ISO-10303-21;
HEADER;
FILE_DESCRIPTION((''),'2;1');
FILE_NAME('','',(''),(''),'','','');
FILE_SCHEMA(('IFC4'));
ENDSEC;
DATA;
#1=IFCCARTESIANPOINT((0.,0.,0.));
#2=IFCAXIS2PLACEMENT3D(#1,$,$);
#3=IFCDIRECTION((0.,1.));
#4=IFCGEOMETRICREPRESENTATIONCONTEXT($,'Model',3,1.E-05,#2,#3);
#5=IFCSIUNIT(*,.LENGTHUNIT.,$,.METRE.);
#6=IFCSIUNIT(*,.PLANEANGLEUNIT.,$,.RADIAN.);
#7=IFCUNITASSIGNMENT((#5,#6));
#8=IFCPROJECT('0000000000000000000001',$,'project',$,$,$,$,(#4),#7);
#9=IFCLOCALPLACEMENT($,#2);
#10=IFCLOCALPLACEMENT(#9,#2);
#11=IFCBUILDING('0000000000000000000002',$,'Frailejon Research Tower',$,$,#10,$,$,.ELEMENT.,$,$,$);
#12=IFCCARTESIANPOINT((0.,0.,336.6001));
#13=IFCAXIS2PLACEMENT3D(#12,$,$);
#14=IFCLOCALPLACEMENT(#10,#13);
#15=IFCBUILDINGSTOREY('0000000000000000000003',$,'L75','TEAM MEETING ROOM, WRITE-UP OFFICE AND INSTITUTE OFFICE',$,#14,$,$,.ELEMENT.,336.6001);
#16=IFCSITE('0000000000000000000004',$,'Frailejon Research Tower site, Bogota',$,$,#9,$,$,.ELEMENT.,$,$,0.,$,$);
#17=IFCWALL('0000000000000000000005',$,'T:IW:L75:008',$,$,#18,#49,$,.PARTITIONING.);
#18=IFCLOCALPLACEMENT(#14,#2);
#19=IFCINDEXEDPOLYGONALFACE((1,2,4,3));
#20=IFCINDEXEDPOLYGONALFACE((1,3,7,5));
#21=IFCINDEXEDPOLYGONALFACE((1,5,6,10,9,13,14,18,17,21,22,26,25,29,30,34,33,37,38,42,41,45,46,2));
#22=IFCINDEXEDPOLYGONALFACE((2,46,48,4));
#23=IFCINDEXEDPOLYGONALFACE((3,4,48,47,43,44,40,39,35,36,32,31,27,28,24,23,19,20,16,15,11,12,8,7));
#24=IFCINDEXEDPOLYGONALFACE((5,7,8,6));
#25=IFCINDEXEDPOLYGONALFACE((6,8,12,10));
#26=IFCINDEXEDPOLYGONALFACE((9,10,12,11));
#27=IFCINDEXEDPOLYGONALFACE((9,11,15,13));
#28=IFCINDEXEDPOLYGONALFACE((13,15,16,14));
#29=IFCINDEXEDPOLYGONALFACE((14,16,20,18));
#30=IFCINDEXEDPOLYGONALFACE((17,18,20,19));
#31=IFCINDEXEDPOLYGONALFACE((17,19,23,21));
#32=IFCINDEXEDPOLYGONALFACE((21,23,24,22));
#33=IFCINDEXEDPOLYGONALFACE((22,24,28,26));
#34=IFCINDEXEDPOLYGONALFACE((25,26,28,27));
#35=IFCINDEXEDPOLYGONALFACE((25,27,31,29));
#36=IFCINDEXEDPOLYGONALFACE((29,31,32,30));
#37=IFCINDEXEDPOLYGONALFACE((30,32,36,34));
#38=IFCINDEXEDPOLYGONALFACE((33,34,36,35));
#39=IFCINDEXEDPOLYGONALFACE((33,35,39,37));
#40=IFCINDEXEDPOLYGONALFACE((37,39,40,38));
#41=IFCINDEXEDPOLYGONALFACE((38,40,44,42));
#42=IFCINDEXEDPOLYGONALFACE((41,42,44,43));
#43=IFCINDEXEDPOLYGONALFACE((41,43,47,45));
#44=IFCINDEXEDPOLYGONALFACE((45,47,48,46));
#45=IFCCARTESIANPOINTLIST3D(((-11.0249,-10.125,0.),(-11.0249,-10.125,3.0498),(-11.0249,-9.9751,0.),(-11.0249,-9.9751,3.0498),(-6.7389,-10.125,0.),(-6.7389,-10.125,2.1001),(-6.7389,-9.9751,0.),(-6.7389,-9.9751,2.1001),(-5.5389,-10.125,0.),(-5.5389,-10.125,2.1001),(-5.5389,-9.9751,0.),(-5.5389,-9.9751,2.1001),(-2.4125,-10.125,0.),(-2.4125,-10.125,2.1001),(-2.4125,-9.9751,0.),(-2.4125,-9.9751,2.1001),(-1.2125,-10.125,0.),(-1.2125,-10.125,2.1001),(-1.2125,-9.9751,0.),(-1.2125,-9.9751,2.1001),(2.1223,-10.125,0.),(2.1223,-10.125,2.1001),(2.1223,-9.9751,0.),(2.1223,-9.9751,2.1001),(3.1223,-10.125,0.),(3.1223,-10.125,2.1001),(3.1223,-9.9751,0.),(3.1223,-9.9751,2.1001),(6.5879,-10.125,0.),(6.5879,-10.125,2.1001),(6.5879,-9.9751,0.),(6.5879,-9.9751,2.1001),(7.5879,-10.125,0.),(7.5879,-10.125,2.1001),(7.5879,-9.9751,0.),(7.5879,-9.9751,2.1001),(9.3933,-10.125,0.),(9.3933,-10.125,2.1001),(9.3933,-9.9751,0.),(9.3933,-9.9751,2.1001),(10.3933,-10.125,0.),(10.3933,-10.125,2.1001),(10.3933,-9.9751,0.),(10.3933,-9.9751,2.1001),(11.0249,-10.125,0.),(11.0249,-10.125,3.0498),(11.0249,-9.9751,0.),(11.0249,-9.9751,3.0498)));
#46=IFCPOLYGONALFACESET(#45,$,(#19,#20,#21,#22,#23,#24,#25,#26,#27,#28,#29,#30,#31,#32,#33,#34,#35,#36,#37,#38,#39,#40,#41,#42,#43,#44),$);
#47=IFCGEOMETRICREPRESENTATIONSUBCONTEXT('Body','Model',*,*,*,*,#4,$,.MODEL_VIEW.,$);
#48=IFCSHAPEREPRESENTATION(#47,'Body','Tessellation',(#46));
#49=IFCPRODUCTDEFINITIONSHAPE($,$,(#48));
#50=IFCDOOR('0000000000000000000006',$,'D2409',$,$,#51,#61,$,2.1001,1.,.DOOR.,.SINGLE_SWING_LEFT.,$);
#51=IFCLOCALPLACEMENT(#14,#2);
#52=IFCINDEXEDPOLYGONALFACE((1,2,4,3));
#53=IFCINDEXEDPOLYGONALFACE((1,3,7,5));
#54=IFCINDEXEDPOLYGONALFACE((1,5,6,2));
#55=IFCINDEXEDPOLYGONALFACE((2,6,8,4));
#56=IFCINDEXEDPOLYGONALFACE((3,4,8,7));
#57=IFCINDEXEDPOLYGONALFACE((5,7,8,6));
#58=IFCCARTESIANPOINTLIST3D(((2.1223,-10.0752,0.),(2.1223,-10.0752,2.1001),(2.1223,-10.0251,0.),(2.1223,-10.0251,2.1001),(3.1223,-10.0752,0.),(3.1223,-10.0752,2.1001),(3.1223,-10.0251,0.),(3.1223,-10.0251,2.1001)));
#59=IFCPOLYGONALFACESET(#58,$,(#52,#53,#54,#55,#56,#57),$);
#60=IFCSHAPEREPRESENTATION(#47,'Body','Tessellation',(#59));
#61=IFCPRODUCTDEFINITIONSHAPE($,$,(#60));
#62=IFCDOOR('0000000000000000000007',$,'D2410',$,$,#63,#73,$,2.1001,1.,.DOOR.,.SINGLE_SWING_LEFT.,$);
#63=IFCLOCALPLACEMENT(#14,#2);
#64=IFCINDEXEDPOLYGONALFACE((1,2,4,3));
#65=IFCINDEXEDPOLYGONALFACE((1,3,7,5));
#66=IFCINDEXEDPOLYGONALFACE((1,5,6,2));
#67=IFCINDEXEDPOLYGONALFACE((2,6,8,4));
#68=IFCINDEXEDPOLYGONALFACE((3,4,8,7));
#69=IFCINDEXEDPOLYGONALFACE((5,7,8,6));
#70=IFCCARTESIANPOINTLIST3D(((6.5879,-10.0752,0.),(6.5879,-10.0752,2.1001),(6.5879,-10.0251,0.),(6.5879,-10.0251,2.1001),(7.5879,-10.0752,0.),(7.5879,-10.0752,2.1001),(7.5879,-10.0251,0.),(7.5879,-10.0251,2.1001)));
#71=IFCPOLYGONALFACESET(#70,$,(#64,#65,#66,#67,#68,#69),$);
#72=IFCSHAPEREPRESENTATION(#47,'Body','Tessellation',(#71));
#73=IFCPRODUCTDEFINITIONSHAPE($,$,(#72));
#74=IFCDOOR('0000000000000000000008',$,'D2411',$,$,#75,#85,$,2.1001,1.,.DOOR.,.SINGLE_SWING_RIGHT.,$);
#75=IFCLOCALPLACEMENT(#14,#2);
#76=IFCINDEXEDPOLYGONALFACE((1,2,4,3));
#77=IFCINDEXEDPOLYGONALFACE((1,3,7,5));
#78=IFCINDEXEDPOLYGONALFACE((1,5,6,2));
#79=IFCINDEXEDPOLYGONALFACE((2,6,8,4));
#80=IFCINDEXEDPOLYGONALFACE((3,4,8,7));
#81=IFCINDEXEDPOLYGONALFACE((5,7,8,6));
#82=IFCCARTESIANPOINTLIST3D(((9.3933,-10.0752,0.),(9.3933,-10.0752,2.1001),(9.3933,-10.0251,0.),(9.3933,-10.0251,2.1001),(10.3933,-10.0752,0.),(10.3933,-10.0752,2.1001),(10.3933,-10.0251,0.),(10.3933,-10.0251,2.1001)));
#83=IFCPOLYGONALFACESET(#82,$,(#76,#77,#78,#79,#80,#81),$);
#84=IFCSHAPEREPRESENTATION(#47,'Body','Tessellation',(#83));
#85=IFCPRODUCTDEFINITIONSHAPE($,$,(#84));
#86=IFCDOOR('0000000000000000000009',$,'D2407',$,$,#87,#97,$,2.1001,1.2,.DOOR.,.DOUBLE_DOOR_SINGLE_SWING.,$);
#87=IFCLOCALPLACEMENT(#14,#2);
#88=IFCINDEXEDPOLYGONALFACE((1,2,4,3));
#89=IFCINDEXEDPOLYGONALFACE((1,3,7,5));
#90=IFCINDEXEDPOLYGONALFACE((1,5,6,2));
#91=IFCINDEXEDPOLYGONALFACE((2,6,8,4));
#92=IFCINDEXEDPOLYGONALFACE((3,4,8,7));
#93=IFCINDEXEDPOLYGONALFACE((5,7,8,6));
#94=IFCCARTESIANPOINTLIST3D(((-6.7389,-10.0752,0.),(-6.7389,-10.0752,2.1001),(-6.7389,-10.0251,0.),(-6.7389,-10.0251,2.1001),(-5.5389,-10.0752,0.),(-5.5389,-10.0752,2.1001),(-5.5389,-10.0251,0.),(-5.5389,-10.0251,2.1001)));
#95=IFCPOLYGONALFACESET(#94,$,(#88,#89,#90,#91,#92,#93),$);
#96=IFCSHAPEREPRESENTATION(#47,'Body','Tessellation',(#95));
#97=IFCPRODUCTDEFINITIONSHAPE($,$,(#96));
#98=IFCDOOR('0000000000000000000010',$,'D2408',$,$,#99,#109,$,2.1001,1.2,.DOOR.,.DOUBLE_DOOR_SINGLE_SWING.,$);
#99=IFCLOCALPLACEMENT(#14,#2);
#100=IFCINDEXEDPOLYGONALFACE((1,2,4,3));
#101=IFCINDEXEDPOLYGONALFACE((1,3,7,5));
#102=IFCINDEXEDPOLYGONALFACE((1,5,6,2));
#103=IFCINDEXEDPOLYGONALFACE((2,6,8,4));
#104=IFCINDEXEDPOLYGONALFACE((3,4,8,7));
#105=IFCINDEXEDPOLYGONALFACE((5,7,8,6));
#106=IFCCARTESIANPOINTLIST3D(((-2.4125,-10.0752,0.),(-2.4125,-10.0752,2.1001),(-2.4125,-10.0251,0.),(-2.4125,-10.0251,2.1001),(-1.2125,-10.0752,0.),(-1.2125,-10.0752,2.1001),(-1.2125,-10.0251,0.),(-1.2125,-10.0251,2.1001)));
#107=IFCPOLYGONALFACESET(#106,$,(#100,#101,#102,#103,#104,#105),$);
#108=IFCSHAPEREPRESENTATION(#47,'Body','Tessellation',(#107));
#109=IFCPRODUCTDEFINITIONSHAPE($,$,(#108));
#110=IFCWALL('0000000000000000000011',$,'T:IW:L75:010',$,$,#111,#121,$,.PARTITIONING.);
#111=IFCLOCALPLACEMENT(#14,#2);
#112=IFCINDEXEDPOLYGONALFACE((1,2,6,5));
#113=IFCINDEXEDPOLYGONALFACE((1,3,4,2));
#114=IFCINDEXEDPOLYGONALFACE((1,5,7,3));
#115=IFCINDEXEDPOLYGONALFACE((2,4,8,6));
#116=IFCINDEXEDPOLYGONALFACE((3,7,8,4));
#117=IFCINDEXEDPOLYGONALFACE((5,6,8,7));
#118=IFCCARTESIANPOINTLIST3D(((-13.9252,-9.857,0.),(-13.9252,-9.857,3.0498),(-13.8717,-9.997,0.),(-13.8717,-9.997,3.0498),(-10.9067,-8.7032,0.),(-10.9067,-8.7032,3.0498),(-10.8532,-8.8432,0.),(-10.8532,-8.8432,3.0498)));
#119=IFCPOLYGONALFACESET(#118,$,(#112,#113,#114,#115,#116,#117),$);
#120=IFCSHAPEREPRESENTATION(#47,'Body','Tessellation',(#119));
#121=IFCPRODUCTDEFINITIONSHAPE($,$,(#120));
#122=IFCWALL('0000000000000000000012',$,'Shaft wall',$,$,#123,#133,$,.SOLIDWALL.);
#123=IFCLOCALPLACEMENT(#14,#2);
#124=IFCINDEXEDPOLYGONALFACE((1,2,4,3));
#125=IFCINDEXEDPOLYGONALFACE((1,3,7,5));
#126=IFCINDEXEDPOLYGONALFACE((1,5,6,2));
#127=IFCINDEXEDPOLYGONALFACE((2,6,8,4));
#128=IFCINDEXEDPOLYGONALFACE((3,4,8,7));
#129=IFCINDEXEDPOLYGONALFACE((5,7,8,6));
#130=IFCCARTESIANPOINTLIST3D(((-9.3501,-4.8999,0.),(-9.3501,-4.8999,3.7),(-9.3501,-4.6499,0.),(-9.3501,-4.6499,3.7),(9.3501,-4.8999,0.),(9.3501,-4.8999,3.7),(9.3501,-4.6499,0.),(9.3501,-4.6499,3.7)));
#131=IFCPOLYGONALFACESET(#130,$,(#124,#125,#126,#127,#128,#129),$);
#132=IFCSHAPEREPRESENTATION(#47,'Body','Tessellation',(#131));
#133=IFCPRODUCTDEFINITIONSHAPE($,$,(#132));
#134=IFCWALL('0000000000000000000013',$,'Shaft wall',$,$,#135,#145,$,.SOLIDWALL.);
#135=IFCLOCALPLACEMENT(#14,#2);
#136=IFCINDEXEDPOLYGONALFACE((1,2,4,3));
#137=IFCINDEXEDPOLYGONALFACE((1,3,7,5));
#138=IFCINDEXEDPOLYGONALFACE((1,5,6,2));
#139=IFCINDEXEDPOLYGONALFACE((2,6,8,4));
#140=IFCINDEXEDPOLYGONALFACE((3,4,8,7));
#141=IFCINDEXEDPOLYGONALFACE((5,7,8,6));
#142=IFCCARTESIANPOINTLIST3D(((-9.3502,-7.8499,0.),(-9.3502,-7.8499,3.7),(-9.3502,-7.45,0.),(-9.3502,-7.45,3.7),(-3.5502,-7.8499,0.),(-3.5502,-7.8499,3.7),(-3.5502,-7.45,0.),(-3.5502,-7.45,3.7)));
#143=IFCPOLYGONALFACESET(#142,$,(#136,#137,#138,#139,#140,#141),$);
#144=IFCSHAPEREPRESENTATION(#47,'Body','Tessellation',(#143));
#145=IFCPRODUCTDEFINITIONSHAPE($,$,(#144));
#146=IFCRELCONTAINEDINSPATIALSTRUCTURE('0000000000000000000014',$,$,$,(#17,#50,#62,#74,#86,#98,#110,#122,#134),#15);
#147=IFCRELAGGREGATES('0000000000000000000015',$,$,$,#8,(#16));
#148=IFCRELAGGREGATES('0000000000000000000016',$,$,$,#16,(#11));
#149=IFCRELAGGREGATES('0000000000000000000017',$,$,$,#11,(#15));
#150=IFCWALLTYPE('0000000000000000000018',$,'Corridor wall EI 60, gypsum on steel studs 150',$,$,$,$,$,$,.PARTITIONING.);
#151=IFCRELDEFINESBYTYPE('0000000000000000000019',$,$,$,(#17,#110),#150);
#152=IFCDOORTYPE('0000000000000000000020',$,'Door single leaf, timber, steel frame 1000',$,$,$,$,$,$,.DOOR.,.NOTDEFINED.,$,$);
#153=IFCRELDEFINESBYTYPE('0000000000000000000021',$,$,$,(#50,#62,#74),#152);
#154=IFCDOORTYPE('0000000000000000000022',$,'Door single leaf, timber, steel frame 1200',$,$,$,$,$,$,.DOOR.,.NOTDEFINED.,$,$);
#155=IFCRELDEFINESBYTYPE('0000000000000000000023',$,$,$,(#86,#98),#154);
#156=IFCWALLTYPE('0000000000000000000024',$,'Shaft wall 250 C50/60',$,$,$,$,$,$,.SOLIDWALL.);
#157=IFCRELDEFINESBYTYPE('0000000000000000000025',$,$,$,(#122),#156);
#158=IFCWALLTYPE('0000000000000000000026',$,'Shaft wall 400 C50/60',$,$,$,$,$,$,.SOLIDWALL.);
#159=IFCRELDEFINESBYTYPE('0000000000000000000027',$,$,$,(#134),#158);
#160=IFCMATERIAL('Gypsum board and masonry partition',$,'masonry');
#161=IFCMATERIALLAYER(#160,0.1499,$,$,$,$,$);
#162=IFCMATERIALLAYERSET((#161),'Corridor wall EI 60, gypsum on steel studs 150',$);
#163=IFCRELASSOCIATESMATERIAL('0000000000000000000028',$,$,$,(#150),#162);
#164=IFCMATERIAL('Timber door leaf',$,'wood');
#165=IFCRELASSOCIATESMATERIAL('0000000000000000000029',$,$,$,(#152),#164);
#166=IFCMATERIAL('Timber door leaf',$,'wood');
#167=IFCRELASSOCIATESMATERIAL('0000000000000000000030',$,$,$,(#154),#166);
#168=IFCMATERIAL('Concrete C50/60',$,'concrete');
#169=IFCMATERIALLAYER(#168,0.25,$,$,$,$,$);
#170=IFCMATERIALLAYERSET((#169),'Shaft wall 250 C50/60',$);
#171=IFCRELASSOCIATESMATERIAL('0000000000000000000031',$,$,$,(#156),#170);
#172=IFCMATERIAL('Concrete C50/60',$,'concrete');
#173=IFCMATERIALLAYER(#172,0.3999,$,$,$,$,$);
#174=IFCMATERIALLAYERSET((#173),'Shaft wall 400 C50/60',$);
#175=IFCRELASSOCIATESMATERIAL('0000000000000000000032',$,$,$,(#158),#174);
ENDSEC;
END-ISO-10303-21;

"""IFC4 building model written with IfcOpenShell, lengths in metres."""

from ifc_helpers import new_model, si_unit, direction, frame, frame_2d, origin, place, context, subcontext, project, spatial, rectangle, extrude, material, layer, layer_set, type_object, element, fill, save


model = new_model("IFC4")

# Units and contexts
model_context = context("Model", 3, precision=1e-05, world=origin(), true_north=direction((0.0, 1.0)))
body_context = subcontext(model_context, "Body", "Model", "MODEL_VIEW")
ifc_project = project(units=[si_unit("LENGTHUNIT", "METRE"), si_unit("PLANEANGLEUNIT", "RADIAN")], contexts=[model_context])

# Site, building, storey
site_placement = place(None, origin())
site = spatial("IfcSite", under=ifc_project, at=site_placement, Name="Frailejon Research Tower site, Bogota", CompositionType="ELEMENT", RefElevation=0.0)
building_placement = place(site_placement, origin())
building = spatial("IfcBuilding", under=site, at=building_placement, Name="Frailejon Research Tower", CompositionType="ELEMENT")
storey_placement = place(building_placement, frame((0.0, 0.0, 336.6001)))
storey = spatial("IfcBuildingStorey", under=building, at=storey_placement, Name="L75", Description="TEAM MEETING ROOM, WRITE-UP OFFICE AND INSTITUTE OFFICE", CompositionType="ELEMENT", Elevation=336.6001)

# Shared definitions
ifc_material_1 = material(Name="Gypsum board and masonry partition", Category="masonry")
ifc_layer_1 = layer(ifc_material_1, 0.1499)
ifc_layer_set_1 = layer_set([ifc_layer_1], Name="Corridor wall EI 60, gypsum on steel studs 150")
wall_type_1 = type_object("IfcWallType", Name="Corridor wall EI 60, gypsum on steel studs 150", PredefinedType="PARTITIONING", material=ifc_layer_set_1)

# Wall, openings, doors
ifc_material_2 = material(Name="Timber door leaf", Category="wood")
door_type_1 = type_object("IfcDoorType", Name="Door single leaf, timber, steel frame 1000", OperationType="NOTDEFINED", PredefinedType="DOOR", material=ifc_material_2)
wall_1_placement = place(storey_placement, frame((-11.0249, -10.05, 0.0), z_axis=(0.0, 0.0, 1.0), x_axis=(1.0, 0.0, 0.0)))
wall_1 = element("IfcWall", 1, at=wall_1_placement, inside=storey, type_object=wall_type_1, Name="T:IW:L75:008", PredefinedType="PARTITIONING", context=body_context, shape_type="SweptSolid", body=[
    extrude(rectangle(XDim=22.0498, YDim=0.1499, at=frame_2d((11.0249, 0.0))), origin(), (0.0, 0.0, 1.0), 3.0498),
])
opening_1_placement = place(wall_1_placement, frame((4.2859, 0.0, 0.0)))
opening_1 = element("IfcOpeningElement", 2, at=opening_1_placement, cuts=wall_1, PredefinedType="OPENING", context=body_context, shape_type="SweptSolid", body=[
    extrude(rectangle(XDim=1.2, YDim=2.1001, at=frame_2d((0.6001, 1.05))), frame((0.0, 0.085, 0.0), z_axis=(0.0, -1.0, 0.0), x_axis=(1.0, 0.0, 0.0)), (0.0, 0.0, 1.0), 0.1699),
])
opening_2_placement = place(wall_1_placement, frame((8.6123, 0.0, 0.0)))
opening_2 = element("IfcOpeningElement", 3, at=opening_2_placement, cuts=wall_1, PredefinedType="OPENING", context=body_context, shape_type="SweptSolid", body=[
    extrude(rectangle(XDim=1.2, YDim=2.1001, at=frame_2d((0.6001, 1.05))), frame((0.0, 0.085, 0.0), z_axis=(0.0, -1.0, 0.0), x_axis=(1.0, 0.0, 0.0)), (0.0, 0.0, 1.0), 0.1699),
])
opening_3_placement = place(wall_1_placement, frame((13.1472, 0.0, 0.0)))
opening_3 = element("IfcOpeningElement", 4, at=opening_3_placement, cuts=wall_1, PredefinedType="OPENING", context=body_context, shape_type="SweptSolid", body=[
    extrude(rectangle(XDim=1.0, YDim=2.1001, at=frame_2d((0.5, 1.05))), frame((0.0, 0.085, 0.0), z_axis=(0.0, -1.0, 0.0), x_axis=(1.0, 0.0, 0.0)), (0.0, 0.0, 1.0), 0.1699),
])
opening_4_placement = place(wall_1_placement, frame((17.6128, 0.0, 0.0)))
opening_4 = element("IfcOpeningElement", 5, at=opening_4_placement, cuts=wall_1, PredefinedType="OPENING", context=body_context, shape_type="SweptSolid", body=[
    extrude(rectangle(XDim=1.0, YDim=2.1001, at=frame_2d((0.5, 1.05))), frame((0.0, 0.085, 0.0), z_axis=(0.0, -1.0, 0.0), x_axis=(1.0, 0.0, 0.0)), (0.0, 0.0, 1.0), 0.1699),
])
opening_5_placement = place(wall_1_placement, frame((20.4182, 0.0, 0.0)))
opening_5 = element("IfcOpeningElement", 6, at=opening_5_placement, cuts=wall_1, PredefinedType="OPENING", context=body_context, shape_type="SweptSolid", body=[
    extrude(rectangle(XDim=1.0, YDim=2.1001, at=frame_2d((0.5, 1.05))), frame((0.0, 0.085, 0.0), z_axis=(0.0, -1.0, 0.0), x_axis=(1.0, 0.0, 0.0)), (0.0, 0.0, 1.0), 0.1699),
])
door_1_placement = place(opening_3_placement, origin())
door_1 = element("IfcDoor", 7, at=door_1_placement, inside=storey, type_object=door_type_1, Name="D2409", OperationType="SINGLE_SWING_LEFT", OverallHeight=2.1001, OverallWidth=1.0, PredefinedType="DOOR", context=body_context, shape_type="SweptSolid", body=[
    extrude(rectangle(XDim=1.0, YDim=2.1001, at=frame_2d((0.5, 1.05))), frame((0.0, 0.0249, 0.0), z_axis=(0.0, -1.0, 0.0), x_axis=(1.0, 0.0, 0.0)), (0.0, 0.0, 1.0), 0.05),
])
fill(opening_3, door_1)
door_2_placement = place(opening_4_placement, origin())
door_2 = element("IfcDoor", 8, at=door_2_placement, inside=storey, type_object=door_type_1, Name="D2410", OperationType="SINGLE_SWING_LEFT", OverallHeight=2.1001, OverallWidth=1.0, PredefinedType="DOOR", context=body_context, shape_type="SweptSolid", body=[
    extrude(rectangle(XDim=1.0, YDim=2.1001, at=frame_2d((0.5, 1.05))), frame((0.0, 0.0249, 0.0), z_axis=(0.0, -1.0, 0.0), x_axis=(1.0, 0.0, 0.0)), (0.0, 0.0, 1.0), 0.05),
])
fill(opening_4, door_2)
door_3_placement = place(opening_5_placement, origin())
door_3 = element("IfcDoor", 9, at=door_3_placement, inside=storey, type_object=door_type_1, Name="D2411", OperationType="SINGLE_SWING_RIGHT", OverallHeight=2.1001, OverallWidth=1.0, PredefinedType="DOOR", context=body_context, shape_type="SweptSolid", body=[
    extrude(rectangle(XDim=1.0, YDim=2.1001, at=frame_2d((0.5, 1.05))), frame((0.0, 0.0249, 0.0), z_axis=(0.0, -1.0, 0.0), x_axis=(1.0, 0.0, 0.0)), (0.0, 0.0, 1.0), 0.05),
])
fill(opening_5, door_3)
ifc_material_3 = material(Name="Timber door leaf", Category="wood")
door_type_2 = type_object("IfcDoorType", Name="Door single leaf, timber, steel frame 1200", OperationType="NOTDEFINED", PredefinedType="DOOR", material=ifc_material_3)
door_4_placement = place(opening_1_placement, origin())
door_4 = element("IfcDoor", 10, at=door_4_placement, inside=storey, type_object=door_type_2, Name="D2407", OperationType="DOUBLE_DOOR_SINGLE_SWING", OverallHeight=2.1001, OverallWidth=1.2, PredefinedType="DOOR", context=body_context, shape_type="SweptSolid", body=[
    extrude(rectangle(XDim=1.2, YDim=2.1001, at=frame_2d((0.6001, 1.05))), frame((0.0, 0.0249, 0.0), z_axis=(0.0, -1.0, 0.0), x_axis=(1.0, 0.0, 0.0)), (0.0, 0.0, 1.0), 0.05),
])
fill(opening_1, door_4)
door_5_placement = place(opening_2_placement, origin())
door_5 = element("IfcDoor", 11, at=door_5_placement, inside=storey, type_object=door_type_2, Name="D2408", OperationType="DOUBLE_DOOR_SINGLE_SWING", OverallHeight=2.1001, OverallWidth=1.2, PredefinedType="DOOR", context=body_context, shape_type="SweptSolid", body=[
    extrude(rectangle(XDim=1.2, YDim=2.1001, at=frame_2d((0.6001, 1.05))), frame((0.0, 0.0249, 0.0), z_axis=(0.0, -1.0, 0.0), x_axis=(1.0, 0.0, 0.0)), (0.0, 0.0, 1.0), 0.05),
])
fill(opening_2, door_5)

# Walls
wall_2_placement = place(storey_placement, frame((-13.8984, -9.927, 0.0), z_axis=(0.0, 0.0, 1.0), x_axis=(0.934087, 0.357044, 0.0)))
element("IfcWall", 12, at=wall_2_placement, inside=storey, type_object=wall_type_1, Name="T:IW:L75:010", PredefinedType="PARTITIONING", context=body_context, shape_type="SweptSolid", body=[
    extrude(rectangle(XDim=3.2314, YDim=0.1499, at=frame_2d((1.6157, 0.0))), origin(), (0.0, 0.0, 1.0), 3.0498),
])
ifc_material_4 = material(Name="Concrete C50/60", Category="concrete")
ifc_layer_2 = layer(ifc_material_4, 0.25)
ifc_layer_set_2 = layer_set([ifc_layer_2], Name="Shaft wall 250 C50/60")
wall_type_2 = type_object("IfcWallType", Name="Shaft wall 250 C50/60", PredefinedType="SOLIDWALL", material=ifc_layer_set_2)
wall_3_placement = place(storey_placement, frame((-9.3501, -4.7749, 0.0), z_axis=(0.0, 0.0, 1.0), x_axis=(1.0, 0.0, 0.0)))
element("IfcWall", 13, at=wall_3_placement, inside=storey, type_object=wall_type_2, Name="Shaft wall", PredefinedType="SOLIDWALL", context=body_context, shape_type="SweptSolid", body=[
    extrude(rectangle(XDim=18.7002, YDim=0.25, at=frame_2d((9.3501, 0.0))), origin(), (0.0, 0.0, 1.0), 3.7),
])
ifc_material_5 = material(Name="Concrete C50/60", Category="concrete")
ifc_layer_3 = layer(ifc_material_5, 0.3999)
ifc_layer_set_3 = layer_set([ifc_layer_3], Name="Shaft wall 400 C50/60")
wall_type_3 = type_object("IfcWallType", Name="Shaft wall 400 C50/60", PredefinedType="SOLIDWALL", material=ifc_layer_set_3)
wall_4_placement = place(storey_placement, frame((-9.3501, -7.6499, 0.0), z_axis=(0.0, 0.0, 1.0), x_axis=(1.0, 0.0, 0.0)))
element("IfcWall", 14, at=wall_4_placement, inside=storey, type_object=wall_type_3, Name="Shaft wall", PredefinedType="SOLIDWALL", context=body_context, shape_type="SweptSolid", body=[
    extrude(rectangle(XDim=5.8, YDim=0.3999, at=frame_2d((2.8999, 0.0))), origin(), (0.0, 0.0, 1.0), 3.7),
])

save(model, "model.ifc")
